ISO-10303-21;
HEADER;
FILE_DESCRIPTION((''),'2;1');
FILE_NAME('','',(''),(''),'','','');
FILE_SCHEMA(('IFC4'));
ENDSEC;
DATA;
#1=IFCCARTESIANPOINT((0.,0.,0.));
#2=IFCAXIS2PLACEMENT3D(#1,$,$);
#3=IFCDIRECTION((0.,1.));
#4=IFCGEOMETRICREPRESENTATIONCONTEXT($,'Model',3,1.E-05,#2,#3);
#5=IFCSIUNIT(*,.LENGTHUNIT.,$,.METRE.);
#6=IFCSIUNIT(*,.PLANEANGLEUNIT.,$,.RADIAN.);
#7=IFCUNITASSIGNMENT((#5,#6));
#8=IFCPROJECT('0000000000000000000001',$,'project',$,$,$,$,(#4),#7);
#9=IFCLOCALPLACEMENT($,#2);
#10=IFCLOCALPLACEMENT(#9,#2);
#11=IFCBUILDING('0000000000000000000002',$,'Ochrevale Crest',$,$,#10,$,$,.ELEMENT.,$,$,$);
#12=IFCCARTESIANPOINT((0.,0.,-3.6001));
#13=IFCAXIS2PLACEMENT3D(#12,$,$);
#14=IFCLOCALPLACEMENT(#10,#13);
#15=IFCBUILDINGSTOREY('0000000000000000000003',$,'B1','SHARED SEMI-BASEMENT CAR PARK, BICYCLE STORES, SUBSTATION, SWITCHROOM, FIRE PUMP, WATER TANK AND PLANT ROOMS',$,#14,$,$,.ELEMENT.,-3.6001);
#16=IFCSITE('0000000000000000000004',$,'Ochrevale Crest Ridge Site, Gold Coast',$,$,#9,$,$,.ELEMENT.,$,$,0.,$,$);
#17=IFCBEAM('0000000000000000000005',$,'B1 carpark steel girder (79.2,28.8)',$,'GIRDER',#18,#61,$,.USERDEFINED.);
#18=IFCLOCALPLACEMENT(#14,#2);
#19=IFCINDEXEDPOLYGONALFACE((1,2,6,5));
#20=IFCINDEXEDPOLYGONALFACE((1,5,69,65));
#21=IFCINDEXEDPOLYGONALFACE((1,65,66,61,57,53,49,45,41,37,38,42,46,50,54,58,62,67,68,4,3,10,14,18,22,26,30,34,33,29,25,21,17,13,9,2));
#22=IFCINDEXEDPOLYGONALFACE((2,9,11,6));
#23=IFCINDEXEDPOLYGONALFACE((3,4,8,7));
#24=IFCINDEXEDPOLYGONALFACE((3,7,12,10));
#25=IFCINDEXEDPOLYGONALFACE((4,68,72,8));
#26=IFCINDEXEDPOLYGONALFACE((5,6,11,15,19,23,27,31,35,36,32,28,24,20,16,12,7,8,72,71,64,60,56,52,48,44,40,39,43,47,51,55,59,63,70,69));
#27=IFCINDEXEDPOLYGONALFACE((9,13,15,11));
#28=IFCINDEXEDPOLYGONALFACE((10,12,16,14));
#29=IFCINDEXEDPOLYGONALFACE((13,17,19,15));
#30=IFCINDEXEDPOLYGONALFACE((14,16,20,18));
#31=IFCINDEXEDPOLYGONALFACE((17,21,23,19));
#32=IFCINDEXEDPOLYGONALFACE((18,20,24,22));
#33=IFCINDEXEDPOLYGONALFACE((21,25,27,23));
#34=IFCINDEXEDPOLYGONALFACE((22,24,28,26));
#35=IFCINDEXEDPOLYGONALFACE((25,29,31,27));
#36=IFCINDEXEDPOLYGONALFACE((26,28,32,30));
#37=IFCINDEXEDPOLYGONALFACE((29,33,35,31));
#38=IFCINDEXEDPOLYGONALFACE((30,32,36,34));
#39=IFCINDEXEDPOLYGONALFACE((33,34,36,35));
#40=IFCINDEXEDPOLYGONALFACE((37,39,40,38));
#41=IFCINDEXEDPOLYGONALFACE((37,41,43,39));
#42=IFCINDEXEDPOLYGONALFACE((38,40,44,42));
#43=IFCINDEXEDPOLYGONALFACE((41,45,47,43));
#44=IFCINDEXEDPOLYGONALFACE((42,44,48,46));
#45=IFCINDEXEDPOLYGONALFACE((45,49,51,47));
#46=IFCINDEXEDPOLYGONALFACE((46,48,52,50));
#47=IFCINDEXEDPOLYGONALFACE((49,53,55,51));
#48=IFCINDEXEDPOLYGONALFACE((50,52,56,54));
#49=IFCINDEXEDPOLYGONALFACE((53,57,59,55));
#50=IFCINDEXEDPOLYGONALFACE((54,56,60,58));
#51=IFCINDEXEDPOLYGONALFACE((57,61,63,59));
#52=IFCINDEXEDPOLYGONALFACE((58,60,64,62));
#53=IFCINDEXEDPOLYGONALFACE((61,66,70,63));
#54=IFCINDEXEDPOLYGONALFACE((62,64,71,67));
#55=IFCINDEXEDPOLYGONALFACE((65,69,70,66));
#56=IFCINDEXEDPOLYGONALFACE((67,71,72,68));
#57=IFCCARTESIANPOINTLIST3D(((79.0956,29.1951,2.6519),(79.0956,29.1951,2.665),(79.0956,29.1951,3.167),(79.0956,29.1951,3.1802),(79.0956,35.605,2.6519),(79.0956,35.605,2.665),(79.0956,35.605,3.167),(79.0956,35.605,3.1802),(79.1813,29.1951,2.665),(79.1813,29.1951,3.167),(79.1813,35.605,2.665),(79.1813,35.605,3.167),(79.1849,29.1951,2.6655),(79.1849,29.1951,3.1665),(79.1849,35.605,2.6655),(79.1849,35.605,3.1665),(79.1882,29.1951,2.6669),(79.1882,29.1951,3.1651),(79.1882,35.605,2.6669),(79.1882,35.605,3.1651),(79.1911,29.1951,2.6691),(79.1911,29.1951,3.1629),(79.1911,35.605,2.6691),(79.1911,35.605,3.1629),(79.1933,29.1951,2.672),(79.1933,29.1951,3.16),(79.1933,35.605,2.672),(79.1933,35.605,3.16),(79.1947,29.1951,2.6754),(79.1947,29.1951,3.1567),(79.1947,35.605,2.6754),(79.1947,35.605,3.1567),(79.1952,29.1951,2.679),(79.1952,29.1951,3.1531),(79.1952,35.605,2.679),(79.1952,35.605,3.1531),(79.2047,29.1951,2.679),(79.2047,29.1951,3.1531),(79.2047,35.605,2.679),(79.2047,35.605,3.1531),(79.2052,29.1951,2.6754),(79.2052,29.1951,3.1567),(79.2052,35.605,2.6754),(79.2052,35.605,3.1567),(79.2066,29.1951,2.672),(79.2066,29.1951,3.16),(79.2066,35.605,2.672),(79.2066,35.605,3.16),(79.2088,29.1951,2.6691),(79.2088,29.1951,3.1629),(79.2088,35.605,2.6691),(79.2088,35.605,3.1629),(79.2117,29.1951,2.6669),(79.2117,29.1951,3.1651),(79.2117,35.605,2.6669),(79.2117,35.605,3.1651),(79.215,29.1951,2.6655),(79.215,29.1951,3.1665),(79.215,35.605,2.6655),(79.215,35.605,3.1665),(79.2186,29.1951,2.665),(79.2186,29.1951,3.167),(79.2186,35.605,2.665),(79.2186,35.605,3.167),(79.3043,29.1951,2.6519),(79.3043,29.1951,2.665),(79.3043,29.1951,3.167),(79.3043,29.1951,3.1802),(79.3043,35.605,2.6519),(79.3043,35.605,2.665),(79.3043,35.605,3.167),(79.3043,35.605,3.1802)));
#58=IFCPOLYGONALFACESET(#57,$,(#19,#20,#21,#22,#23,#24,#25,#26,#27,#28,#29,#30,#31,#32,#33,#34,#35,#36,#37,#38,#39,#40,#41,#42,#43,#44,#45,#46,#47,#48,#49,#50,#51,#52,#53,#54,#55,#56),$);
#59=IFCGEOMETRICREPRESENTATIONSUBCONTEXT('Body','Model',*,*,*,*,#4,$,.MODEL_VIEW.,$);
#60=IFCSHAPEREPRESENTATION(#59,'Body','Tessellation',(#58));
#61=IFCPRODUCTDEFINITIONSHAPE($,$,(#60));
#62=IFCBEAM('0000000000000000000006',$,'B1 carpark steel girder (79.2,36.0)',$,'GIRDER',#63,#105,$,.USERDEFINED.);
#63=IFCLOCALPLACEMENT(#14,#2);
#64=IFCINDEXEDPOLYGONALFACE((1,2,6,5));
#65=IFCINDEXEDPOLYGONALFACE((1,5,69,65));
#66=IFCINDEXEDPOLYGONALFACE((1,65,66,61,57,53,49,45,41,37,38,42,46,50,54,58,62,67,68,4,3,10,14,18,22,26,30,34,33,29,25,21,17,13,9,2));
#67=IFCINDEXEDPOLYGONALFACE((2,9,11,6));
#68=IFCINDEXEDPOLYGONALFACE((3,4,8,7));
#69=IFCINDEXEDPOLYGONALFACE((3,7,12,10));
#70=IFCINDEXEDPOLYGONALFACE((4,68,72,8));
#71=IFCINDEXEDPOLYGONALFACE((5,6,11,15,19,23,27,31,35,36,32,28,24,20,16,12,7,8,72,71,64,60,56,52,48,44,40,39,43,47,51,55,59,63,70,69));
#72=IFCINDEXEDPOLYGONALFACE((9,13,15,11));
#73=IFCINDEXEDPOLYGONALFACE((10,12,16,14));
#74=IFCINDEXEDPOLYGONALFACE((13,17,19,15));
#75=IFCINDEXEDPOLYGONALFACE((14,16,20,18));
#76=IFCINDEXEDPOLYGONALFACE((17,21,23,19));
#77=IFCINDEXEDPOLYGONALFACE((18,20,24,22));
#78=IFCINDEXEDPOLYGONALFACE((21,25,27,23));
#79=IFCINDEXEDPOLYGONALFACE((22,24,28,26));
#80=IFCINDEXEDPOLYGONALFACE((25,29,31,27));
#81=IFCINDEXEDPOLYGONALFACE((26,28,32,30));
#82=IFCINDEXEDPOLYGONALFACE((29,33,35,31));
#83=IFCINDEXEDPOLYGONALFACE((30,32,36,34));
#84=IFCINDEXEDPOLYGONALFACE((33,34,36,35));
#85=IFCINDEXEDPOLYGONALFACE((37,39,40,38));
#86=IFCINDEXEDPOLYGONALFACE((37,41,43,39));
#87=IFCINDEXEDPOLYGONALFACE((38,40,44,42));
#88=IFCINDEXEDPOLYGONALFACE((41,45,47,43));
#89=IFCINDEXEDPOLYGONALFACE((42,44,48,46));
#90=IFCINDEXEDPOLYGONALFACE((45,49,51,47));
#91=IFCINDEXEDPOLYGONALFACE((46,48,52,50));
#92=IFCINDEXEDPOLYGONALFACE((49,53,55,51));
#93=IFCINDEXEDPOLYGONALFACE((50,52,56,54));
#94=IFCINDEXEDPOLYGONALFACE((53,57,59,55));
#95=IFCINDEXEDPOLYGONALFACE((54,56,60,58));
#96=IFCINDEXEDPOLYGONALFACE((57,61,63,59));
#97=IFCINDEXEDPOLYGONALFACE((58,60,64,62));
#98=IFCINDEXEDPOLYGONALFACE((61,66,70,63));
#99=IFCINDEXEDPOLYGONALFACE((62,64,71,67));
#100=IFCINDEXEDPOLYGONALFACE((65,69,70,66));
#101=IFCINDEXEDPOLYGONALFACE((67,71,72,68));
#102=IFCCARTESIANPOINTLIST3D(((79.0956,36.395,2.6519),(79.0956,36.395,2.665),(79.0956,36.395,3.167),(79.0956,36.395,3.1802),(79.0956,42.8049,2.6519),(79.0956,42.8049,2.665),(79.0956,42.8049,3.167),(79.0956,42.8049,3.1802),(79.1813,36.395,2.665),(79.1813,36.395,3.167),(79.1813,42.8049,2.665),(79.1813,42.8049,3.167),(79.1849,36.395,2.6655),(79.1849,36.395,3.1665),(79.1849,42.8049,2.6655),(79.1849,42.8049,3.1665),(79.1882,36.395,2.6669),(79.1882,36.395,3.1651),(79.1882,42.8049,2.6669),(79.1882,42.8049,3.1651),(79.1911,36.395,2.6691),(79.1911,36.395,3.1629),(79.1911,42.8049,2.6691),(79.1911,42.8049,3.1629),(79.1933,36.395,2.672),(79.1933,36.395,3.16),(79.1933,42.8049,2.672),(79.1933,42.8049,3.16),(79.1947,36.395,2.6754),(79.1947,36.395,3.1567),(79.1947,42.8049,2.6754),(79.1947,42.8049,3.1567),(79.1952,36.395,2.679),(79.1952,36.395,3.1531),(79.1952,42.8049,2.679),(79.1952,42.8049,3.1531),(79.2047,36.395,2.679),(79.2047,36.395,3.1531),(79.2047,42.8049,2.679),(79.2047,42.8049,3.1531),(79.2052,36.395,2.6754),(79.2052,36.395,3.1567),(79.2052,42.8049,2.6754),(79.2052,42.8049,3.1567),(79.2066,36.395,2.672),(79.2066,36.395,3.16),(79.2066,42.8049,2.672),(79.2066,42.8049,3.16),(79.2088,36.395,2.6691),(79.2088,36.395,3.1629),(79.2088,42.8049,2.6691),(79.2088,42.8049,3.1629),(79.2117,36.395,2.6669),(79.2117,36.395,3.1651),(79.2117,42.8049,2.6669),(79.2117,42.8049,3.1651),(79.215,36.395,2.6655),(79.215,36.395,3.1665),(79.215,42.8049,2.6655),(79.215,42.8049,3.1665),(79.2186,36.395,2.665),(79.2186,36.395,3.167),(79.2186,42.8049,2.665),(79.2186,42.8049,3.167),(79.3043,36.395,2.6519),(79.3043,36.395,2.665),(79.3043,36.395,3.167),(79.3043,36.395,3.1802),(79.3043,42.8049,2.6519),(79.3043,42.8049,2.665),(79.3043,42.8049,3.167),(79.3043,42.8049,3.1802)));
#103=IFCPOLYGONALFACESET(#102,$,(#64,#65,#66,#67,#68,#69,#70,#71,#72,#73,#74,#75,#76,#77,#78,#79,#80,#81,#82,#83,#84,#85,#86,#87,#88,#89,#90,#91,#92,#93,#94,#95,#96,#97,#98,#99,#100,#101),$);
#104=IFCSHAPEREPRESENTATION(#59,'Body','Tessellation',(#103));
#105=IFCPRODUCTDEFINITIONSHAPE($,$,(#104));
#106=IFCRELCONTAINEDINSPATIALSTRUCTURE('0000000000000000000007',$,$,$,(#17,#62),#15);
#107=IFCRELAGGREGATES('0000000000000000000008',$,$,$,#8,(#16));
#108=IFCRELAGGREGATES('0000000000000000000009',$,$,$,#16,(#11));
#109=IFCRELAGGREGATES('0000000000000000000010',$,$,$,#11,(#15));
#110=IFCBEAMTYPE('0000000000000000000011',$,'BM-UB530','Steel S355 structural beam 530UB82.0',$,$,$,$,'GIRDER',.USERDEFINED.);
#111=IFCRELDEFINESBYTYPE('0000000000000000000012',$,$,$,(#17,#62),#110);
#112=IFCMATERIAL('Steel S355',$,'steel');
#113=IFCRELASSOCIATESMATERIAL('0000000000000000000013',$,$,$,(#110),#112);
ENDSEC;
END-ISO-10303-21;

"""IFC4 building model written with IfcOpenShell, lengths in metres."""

from ifc_helpers import new_model, si_unit, direction, frame, origin, origin_2d, place, context, subcontext, project, spatial, i_section, extrude, material, material_profile, profile_set, type_object, element, save


model = new_model("IFC4")

# Units and contexts
model_context = context("Model", 3, precision=1e-05, world=origin(), true_north=direction((0.0, 1.0)))
body_context = subcontext(model_context, "Body", "Model", "MODEL_VIEW")
ifc_project = project(units=[si_unit("LENGTHUNIT", "METRE"), si_unit("PLANEANGLEUNIT", "RADIAN")], contexts=[model_context])

# Site, building, storey
site_placement = place(None, origin())
site = spatial("IfcSite", under=ifc_project, at=site_placement, Name="Ochrevale Crest Ridge Site, Gold Coast", CompositionType="ELEMENT", RefElevation=0.0)
building_placement = place(site_placement, origin())
building = spatial("IfcBuilding", under=site, at=building_placement, Name="Ochrevale Crest", CompositionType="ELEMENT")
storey_placement = place(building_placement, frame((0.0, 0.0, -3.6001)))
storey = spatial("IfcBuildingStorey", under=building, at=storey_placement, Name="B1", Description="SHARED SEMI-BASEMENT CAR PARK, BICYCLE STORES, SUBSTATION, SWITCHROOM, FIRE PUMP, WATER TANK AND PLANT ROOMS", CompositionType="ELEMENT", Elevation=-3.6001)

# Beams
ifc_material_1 = material(Name="Steel S355", Category="steel")
ifc_material_profile_1 = material_profile(ifc_material_1, i_section(OverallWidth=0.2087, OverallDepth=0.5283, WebThickness=0.0095, FlangeThickness=0.0132, FilletRadius=0.0139, at=origin_2d()), Name="530UB82.0")
ifc_profile_set_1 = profile_set([ifc_material_profile_1], Name="Steel S355")
beam_type_1 = type_object("IfcBeamType", Name="BM-UB530", Description="Steel S355 structural beam 530UB82.0", ElementType="GIRDER", PredefinedType="USERDEFINED", material=ifc_profile_set_1)
for number, where, z_axis, x_axis, name in (
    (1, (79.2, 29.1951, 2.916), (0.0, 1.0, 0.0), (-1.0, 0.0, 0.0), "B1 carpark steel girder (79.2,28.8)"),
    (2, (79.2, 36.395, 2.916), (0.0, 1.0, 0.0), (-1.0, 0.0, 0.0), "B1 carpark steel girder (79.2,36.0)"),
):
    element("IfcBeam", number, at=place(storey_placement, frame(where, z_axis=z_axis, x_axis=x_axis)), inside=storey, type_object=beam_type_1, Name=name, ObjectType="GIRDER", PredefinedType="USERDEFINED", context=body_context, shape_type="SweptSolid", body=[
        extrude(i_section(OverallWidth=0.2087, OverallDepth=0.5283, WebThickness=0.0095, FlangeThickness=0.0132, FilletRadius=0.0139, at=origin_2d()), origin(), (0.0, 0.0, 1.0), 6.4099),
    ])

save(model, "model.ifc")
